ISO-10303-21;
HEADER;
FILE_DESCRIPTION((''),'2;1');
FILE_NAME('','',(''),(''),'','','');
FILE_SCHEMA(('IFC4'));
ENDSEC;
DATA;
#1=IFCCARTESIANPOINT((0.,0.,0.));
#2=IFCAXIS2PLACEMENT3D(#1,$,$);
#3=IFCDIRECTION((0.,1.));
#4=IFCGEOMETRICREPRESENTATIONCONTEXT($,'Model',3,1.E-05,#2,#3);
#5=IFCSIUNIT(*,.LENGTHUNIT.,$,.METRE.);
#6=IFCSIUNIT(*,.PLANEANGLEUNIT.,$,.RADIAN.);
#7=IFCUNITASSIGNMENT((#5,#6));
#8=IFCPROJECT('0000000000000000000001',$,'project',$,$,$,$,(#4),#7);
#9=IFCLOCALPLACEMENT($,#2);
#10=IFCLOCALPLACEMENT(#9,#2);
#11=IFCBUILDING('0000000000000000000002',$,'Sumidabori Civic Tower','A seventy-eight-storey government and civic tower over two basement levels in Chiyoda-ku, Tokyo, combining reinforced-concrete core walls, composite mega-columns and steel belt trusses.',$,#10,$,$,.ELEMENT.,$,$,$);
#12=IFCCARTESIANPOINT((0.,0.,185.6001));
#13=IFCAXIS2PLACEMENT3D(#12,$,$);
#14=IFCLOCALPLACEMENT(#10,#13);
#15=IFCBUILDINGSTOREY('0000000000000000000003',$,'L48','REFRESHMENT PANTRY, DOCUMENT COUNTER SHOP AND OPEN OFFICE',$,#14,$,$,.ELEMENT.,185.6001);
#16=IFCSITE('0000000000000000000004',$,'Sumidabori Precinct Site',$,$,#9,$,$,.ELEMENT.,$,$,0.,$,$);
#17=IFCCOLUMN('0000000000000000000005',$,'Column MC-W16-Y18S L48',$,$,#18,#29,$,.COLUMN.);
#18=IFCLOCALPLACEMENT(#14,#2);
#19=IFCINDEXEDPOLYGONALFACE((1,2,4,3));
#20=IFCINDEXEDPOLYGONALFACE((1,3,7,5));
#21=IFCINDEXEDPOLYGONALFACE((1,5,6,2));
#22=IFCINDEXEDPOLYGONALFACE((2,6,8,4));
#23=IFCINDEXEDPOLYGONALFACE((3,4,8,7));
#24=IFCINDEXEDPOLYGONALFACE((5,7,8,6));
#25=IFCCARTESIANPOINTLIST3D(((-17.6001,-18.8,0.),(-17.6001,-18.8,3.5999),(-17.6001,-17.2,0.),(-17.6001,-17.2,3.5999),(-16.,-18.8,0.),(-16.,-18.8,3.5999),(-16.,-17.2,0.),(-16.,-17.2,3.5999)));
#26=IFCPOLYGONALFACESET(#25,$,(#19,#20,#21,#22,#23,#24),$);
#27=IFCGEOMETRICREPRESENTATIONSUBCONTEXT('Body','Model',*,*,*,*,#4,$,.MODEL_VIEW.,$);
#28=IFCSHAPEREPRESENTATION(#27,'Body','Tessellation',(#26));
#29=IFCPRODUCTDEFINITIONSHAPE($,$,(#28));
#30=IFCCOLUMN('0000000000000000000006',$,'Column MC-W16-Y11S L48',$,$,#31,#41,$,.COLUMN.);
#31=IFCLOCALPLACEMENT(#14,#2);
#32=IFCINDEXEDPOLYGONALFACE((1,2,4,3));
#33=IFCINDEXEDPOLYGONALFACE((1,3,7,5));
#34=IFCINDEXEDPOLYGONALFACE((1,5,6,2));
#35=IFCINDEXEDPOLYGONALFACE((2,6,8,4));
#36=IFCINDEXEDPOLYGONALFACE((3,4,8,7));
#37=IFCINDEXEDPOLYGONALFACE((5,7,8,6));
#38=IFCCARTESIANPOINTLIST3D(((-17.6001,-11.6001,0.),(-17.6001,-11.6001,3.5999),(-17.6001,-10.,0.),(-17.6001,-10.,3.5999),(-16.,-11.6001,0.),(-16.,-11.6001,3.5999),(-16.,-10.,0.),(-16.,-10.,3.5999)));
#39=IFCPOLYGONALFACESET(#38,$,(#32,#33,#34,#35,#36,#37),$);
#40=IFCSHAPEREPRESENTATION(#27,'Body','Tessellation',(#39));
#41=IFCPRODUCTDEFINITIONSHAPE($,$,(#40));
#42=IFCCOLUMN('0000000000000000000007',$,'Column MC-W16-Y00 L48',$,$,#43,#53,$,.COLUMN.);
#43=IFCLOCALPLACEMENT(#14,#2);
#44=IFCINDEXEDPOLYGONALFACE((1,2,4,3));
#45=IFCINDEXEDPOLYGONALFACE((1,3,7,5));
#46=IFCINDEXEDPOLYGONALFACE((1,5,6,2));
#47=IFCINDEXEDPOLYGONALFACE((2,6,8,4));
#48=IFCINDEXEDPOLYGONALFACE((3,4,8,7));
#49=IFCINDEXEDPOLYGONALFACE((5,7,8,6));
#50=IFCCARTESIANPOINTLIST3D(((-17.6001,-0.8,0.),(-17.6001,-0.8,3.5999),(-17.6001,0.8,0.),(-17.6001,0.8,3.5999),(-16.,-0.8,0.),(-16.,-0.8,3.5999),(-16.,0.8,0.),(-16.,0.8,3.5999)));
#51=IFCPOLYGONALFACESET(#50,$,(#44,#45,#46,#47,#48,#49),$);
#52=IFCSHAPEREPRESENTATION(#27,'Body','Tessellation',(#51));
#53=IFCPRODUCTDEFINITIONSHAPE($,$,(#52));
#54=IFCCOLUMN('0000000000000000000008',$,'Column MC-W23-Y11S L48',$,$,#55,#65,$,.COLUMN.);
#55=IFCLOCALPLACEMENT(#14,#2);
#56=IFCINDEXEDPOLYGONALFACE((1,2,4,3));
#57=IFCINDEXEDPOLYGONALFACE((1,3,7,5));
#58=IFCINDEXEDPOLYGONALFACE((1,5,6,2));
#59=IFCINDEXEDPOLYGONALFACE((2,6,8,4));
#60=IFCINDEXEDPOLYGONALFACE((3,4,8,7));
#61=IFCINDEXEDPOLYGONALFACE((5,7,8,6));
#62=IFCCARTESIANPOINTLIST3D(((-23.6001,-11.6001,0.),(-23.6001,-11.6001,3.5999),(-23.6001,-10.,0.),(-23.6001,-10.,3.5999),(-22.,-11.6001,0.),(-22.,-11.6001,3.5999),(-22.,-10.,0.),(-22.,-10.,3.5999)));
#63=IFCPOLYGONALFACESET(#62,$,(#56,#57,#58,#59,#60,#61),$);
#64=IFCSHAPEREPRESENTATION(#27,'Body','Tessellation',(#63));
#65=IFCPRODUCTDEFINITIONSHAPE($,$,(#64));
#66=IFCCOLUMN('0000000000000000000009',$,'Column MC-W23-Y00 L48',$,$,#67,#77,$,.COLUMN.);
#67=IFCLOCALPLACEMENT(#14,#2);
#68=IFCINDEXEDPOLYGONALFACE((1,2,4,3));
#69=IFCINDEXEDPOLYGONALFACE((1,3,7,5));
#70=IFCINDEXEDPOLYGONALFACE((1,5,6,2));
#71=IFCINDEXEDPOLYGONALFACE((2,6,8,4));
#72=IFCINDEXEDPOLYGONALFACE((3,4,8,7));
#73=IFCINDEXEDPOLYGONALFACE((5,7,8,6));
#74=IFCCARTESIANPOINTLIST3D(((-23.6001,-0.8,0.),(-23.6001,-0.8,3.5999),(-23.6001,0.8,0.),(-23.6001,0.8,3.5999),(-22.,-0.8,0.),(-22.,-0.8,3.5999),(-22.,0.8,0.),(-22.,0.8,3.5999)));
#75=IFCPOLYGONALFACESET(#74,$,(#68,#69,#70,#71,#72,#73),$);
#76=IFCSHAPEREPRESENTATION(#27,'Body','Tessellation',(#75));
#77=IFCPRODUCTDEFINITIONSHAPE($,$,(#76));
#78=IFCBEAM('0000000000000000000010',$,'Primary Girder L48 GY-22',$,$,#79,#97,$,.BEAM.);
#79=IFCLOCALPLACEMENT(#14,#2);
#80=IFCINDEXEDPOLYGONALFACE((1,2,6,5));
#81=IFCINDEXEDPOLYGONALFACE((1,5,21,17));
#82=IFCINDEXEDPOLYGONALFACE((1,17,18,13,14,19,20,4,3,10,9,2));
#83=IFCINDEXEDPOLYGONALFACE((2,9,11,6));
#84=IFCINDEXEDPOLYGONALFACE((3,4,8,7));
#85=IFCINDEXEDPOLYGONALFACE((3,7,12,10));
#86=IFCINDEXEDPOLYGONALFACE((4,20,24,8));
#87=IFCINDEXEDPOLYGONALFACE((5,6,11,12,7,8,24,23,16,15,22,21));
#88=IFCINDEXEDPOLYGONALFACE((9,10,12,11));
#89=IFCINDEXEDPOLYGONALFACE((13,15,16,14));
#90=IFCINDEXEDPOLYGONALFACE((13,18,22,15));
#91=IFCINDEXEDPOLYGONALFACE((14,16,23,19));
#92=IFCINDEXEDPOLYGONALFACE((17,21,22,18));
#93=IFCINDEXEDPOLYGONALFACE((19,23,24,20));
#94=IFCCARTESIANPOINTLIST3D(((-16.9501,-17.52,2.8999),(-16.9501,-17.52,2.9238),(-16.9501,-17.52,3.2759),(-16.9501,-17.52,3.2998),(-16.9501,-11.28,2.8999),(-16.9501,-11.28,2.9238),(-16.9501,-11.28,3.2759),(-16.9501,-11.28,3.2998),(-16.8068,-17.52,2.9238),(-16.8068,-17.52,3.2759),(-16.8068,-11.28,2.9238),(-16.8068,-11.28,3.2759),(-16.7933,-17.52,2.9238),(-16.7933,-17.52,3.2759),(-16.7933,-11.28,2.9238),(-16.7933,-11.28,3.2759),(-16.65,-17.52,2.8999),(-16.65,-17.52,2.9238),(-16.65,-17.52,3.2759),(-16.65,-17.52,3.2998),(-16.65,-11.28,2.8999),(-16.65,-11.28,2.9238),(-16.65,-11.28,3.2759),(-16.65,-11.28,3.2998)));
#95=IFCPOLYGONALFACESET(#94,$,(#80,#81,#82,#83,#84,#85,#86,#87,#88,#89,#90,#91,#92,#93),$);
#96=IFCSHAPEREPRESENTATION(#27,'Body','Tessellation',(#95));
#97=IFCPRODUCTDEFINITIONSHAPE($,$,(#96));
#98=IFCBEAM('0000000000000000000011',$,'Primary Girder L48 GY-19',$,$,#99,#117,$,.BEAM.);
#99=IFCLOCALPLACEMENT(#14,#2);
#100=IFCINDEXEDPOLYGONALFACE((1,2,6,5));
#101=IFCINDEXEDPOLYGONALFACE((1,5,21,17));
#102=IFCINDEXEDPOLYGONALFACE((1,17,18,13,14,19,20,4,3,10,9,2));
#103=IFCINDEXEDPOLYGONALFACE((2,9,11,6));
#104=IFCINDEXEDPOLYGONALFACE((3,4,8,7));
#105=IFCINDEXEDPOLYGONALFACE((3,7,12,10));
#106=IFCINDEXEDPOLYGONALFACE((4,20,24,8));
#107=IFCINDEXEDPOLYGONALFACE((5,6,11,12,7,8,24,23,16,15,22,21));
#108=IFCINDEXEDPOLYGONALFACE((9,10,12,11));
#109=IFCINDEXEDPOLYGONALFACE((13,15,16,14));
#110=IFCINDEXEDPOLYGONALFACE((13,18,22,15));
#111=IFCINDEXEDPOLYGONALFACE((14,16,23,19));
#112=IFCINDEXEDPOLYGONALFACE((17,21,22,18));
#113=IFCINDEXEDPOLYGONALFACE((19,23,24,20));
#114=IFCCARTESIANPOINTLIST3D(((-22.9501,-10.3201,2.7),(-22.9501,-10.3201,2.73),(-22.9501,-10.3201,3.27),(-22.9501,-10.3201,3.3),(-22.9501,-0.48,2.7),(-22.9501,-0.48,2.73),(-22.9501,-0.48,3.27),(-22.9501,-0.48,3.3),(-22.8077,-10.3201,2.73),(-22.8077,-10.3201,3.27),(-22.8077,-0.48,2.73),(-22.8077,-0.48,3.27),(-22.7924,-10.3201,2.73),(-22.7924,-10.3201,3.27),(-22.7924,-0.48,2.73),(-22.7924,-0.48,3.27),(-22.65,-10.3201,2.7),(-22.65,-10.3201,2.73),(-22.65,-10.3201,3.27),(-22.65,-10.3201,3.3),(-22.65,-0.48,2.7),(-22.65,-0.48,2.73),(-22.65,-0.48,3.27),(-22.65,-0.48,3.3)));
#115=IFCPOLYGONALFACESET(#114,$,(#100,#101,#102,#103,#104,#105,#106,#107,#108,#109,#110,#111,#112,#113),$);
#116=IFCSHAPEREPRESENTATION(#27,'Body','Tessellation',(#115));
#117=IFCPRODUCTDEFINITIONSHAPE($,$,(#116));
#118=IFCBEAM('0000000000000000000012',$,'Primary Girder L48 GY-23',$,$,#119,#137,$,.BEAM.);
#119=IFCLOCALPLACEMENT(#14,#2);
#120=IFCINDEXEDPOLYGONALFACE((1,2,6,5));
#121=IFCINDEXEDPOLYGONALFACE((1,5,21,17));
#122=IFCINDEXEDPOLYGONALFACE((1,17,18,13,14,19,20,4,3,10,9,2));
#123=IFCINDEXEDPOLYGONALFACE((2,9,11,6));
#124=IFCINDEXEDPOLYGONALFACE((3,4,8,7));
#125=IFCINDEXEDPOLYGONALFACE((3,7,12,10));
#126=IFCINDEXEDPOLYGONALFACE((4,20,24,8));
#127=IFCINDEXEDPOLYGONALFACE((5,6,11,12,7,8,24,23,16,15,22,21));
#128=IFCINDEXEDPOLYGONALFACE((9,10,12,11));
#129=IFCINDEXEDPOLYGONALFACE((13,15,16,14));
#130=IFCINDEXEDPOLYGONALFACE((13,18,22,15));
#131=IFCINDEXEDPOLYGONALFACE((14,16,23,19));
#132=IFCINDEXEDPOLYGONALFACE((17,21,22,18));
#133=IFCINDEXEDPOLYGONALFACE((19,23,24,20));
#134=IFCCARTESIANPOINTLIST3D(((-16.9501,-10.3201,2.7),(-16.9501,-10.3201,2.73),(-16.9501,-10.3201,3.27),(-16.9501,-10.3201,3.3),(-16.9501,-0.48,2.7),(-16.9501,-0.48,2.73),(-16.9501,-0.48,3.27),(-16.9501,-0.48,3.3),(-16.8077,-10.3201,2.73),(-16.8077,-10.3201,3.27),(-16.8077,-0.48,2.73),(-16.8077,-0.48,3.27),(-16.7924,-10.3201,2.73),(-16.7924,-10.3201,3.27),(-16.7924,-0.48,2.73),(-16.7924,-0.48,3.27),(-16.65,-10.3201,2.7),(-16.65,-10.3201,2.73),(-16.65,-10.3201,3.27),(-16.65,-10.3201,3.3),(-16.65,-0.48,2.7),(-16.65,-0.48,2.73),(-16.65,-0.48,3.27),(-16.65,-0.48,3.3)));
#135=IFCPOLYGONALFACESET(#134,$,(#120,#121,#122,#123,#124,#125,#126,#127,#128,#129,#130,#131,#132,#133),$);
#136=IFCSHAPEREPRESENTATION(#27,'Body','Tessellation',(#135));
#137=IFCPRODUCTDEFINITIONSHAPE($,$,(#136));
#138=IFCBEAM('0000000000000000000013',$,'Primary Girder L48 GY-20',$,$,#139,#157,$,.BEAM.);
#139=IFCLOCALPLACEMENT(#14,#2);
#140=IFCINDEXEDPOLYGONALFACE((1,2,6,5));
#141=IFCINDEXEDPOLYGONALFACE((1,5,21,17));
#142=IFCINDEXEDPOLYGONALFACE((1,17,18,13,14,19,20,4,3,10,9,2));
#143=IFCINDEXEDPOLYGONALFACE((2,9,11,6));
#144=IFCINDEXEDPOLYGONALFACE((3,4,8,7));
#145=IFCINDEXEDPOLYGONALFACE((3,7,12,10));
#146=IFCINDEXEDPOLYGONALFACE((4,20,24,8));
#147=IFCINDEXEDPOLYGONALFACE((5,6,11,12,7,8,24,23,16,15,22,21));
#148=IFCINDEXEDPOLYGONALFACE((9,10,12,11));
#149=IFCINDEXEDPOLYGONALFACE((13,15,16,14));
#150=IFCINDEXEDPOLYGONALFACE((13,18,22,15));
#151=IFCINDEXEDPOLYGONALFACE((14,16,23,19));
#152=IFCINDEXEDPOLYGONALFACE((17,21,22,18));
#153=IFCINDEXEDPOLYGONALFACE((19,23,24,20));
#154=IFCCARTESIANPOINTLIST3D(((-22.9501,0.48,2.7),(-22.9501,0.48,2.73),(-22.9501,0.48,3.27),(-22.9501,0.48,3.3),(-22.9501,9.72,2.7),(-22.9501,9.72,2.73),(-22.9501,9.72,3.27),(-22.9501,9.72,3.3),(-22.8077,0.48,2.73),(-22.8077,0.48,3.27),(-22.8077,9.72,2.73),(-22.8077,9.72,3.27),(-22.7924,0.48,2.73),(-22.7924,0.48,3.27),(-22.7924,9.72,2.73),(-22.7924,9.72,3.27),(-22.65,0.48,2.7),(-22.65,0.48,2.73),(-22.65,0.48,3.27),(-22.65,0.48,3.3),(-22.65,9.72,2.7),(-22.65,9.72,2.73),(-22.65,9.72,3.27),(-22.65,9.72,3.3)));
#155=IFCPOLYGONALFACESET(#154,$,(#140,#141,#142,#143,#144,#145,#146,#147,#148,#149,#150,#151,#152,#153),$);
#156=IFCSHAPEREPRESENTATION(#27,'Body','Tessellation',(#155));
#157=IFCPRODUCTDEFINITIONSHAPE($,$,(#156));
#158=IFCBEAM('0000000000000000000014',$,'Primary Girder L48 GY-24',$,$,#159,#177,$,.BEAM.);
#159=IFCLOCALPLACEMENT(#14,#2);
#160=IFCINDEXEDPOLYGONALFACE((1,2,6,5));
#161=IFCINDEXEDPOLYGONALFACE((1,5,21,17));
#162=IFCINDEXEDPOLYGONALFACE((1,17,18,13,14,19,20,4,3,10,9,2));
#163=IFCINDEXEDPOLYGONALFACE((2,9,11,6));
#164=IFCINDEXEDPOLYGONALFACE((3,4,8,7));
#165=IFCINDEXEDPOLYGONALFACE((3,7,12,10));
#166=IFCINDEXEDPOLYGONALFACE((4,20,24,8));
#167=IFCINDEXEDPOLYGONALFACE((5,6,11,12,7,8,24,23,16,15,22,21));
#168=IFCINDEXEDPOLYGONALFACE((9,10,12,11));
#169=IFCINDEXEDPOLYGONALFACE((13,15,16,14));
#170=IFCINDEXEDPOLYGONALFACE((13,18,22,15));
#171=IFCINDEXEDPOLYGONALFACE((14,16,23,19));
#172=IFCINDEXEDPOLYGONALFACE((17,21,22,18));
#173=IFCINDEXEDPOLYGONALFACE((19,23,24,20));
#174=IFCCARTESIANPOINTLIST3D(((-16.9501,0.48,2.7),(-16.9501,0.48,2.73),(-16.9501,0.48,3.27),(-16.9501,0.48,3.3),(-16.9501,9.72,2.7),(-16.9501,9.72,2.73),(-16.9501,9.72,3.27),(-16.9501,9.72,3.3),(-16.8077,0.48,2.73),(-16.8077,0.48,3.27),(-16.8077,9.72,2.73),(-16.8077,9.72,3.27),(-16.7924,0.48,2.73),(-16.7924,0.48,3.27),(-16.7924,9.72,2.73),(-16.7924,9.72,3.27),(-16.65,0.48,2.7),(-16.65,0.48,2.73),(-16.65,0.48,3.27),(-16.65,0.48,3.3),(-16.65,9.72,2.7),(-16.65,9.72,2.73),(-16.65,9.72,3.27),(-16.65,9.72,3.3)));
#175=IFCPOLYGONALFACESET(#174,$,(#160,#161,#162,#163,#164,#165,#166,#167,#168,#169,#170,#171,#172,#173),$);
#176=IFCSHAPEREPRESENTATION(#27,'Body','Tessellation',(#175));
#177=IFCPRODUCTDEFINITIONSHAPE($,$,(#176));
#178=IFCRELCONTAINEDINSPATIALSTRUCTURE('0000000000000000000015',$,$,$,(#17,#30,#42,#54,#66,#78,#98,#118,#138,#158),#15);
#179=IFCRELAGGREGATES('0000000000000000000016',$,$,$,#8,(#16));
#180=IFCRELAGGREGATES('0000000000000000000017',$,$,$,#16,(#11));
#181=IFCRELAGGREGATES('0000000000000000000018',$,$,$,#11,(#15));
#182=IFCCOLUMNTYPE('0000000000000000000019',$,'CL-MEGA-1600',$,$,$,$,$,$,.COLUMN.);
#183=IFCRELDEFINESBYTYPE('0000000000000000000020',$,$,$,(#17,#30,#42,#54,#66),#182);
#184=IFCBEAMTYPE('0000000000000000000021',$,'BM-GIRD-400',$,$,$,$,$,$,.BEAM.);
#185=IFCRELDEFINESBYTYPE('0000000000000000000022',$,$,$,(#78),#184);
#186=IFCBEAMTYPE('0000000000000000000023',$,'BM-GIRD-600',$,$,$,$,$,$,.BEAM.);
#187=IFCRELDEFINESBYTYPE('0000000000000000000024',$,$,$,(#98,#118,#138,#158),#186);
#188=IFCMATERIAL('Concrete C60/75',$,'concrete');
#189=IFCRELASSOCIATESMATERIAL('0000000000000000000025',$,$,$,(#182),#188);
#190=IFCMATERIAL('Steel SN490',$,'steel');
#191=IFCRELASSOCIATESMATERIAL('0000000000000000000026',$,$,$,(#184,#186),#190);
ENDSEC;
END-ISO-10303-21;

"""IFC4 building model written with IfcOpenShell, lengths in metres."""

from ifc_helpers import new_model, si_unit, direction, frame, origin, origin_2d, place, context, subcontext, project, spatial, rectangle, i_section, extrude, source, transform, mapped, material, material_profile, profile_set, type_object, element, save


model = new_model("IFC4")

# Units and contexts
model_context = context("Model", 3, precision=1e-05, world=origin(), true_north=direction((0.0, 1.0)))
body_context = subcontext(model_context, "Body", "Model", "MODEL_VIEW")
ifc_project = project(units=[si_unit("LENGTHUNIT", "METRE"), si_unit("PLANEANGLEUNIT", "RADIAN")], contexts=[model_context])

# Site, building, storey
site_placement = place(None, origin())
site = spatial("IfcSite", under=ifc_project, at=site_placement, Name="Sumidabori Precinct Site", CompositionType="ELEMENT", RefElevation=0.0)
building_placement = place(site_placement, origin())
building = spatial("IfcBuilding", under=site, at=building_placement, Name="Sumidabori Civic Tower", Description="A seventy-eight-storey government and civic tower over two basement levels in Chiyoda-ku, Tokyo, combining reinforced-concrete core walls, composite mega-columns and steel belt trusses.", CompositionType="ELEMENT")
storey_placement = place(building_placement, frame((0.0, 0.0, 185.6001)))
storey = spatial("IfcBuildingStorey", under=building, at=storey_placement, Name="L48", Description="REFRESHMENT PANTRY, DOCUMENT COUNTER SHOP AND OPEN OFFICE", CompositionType="ELEMENT", Elevation=185.6001)

# Columns
ifc_material_1 = material(Name="Concrete C60/75", Category="concrete")
ifc_material_profile_1 = material_profile(ifc_material_1, rectangle(XDim=1.6001, YDim=1.6001, at=origin_2d()), Name="RC 1600x1600")
ifc_profile_set_1 = profile_set([ifc_material_profile_1], Name="Concrete C60/75")
column_type = type_object("IfcColumnType", Name="CL-MEGA-1600", PredefinedType="COLUMN", material=ifc_profile_set_1)
shared_shape_1 = source(origin(), body_context, "Body", "SweptSolid", [
    extrude(rectangle(XDim=1.6001, YDim=1.6001, at=origin_2d()), origin(), (0.0, 0.0, 1.0), 3.5999),
])
for number, where, z_axis, x_axis, name in (
    (1, (-16.8, -18.0, 0.0), (0.0, 0.0, 1.0), (1.0, 0.0, 0.0), "Column MC-W16-Y18S L48"),
    (2, (-16.8, -10.8, 0.0), (0.0, 0.0, 1.0), (1.0, 0.0, 0.0), "Column MC-W16-Y11S L48"),
    (3, (-16.8, 0.0, 0.0), (0.0, 0.0, 1.0), (1.0, 0.0, 0.0), "Column MC-W16-Y00 L48"),
    (4, (-22.8, -10.8, 0.0), (0.0, 0.0, 1.0), (1.0, 0.0, 0.0), "Column MC-W23-Y11S L48"),
    (5, (-22.8, 0.0, 0.0), (0.0, 0.0, 1.0), (1.0, 0.0, 0.0), "Column MC-W23-Y00 L48"),
):
    element("IfcColumn", number, at=place(storey_placement, frame(where, z_axis=z_axis, x_axis=x_axis)), inside=storey, type_object=column_type, Name=name, PredefinedType="COLUMN", context=body_context, shape_type="MappedRepresentation", body=[
        mapped(shared_shape_1, transform((0.0, 0.0, 0.0), x_axis=(1.0, 0.0, 0.0), y_axis=(0.0, 1.0, 0.0), z_axis=(0.0, 0.0, 1.0), scale=1.0)),
    ])

# Beams
ifc_material_2 = material(Name="Steel SN490", Category="steel")
ifc_material_profile_2 = material_profile(ifc_material_2, i_section(OverallWidth=0.3, OverallDepth=0.3999, WebThickness=0.0134, FlangeThickness=0.0239, at=origin_2d()), Name="HE 400 B")
ifc_profile_set_2 = profile_set([ifc_material_profile_2], Name="Steel SN490")
beam_type_1 = type_object("IfcBeamType", Name="BM-GIRD-400", PredefinedType="BEAM", material=ifc_profile_set_2)
shared_shape_2 = source(origin(), body_context, "Body", "SweptSolid", [
    extrude(i_section(OverallWidth=0.3, OverallDepth=0.3999, WebThickness=0.0134, FlangeThickness=0.0239, at=origin_2d()), origin(), (0.0, 0.0, 1.0), 6.24),
])
beam_placement = place(storey_placement, frame((-16.8, -17.52, 3.0999), z_axis=(0.0, 1.0, 0.0), x_axis=(-1.0, 0.0, 0.0)))
element("IfcBeam", 6, at=beam_placement, inside=storey, type_object=beam_type_1, Name="Primary Girder L48 GY-22", PredefinedType="BEAM", context=body_context, shape_type="MappedRepresentation", body=[
    mapped(shared_shape_2, transform((0.0, 0.0, 0.0), x_axis=(1.0, 0.0, 0.0), y_axis=(0.0, 1.0, 0.0), z_axis=(0.0, 0.0, 1.0), scale=1.0)),
])
ifc_material_profile_3 = material_profile(ifc_material_2, i_section(OverallWidth=0.3, OverallDepth=0.6001, WebThickness=0.0154, FlangeThickness=0.03, at=origin_2d()), Name="HE 600 B")
ifc_profile_set_3 = profile_set([ifc_material_profile_3], Name="Steel SN490")
beam_type_2 = type_object("IfcBeamType", Name="BM-GIRD-600", PredefinedType="BEAM", material=ifc_profile_set_3)
shared_shape_3 = source(origin(), body_context, "Body", "SweptSolid", [
    extrude(i_section(OverallWidth=0.3, OverallDepth=0.6001, WebThickness=0.0154, FlangeThickness=0.03, at=origin_2d()), origin(), (0.0, 0.0, 1.0), 9.8401),
])
for number, where, z_axis, x_axis, name in (
    (7, (-22.8, -10.3201, 3.0), (0.0, 1.0, 0.0), (-1.0, 0.0, 0.0), "Primary Girder L48 GY-19"),
    (8, (-16.8, -10.3201, 3.0), (0.0, 1.0, 0.0), (-1.0, 0.0, 0.0), "Primary Girder L48 GY-23"),
):
    element("IfcBeam", number, at=place(storey_placement, frame(where, z_axis=z_axis, x_axis=x_axis)), inside=storey, type_object=beam_type_2, Name=name, PredefinedType="BEAM", context=body_context, shape_type="MappedRepresentation", body=[
        mapped(shared_shape_3, transform((0.0, 0.0, 0.0), x_axis=(1.0, 0.0, 0.0), y_axis=(0.0, 1.0, 0.0), z_axis=(0.0, 0.0, 1.0), scale=1.0)),
    ])
shared_shape_4 = source(origin(), body_context, "Body", "SweptSolid", [
    extrude(i_section(OverallWidth=0.3, OverallDepth=0.6001, WebThickness=0.0154, FlangeThickness=0.03, at=origin_2d()), origin(), (0.0, 0.0, 1.0), 9.24),
])
for number, where, z_axis, x_axis, name in (
    (9, (-22.8, 0.48, 3.0), (0.0, 1.0, 0.0), (-1.0, 0.0, 0.0), "Primary Girder L48 GY-20"),
    (10, (-16.8, 0.48, 3.0), (0.0, 1.0, 0.0), (-1.0, 0.0, 0.0), "Primary Girder L48 GY-24"),
):
    element("IfcBeam", number, at=place(storey_placement, frame(where, z_axis=z_axis, x_axis=x_axis)), inside=storey, type_object=beam_type_2, Name=name, PredefinedType="BEAM", context=body_context, shape_type="MappedRepresentation", body=[
        mapped(shared_shape_4, transform((0.0, 0.0, 0.0), x_axis=(1.0, 0.0, 0.0), y_axis=(0.0, 1.0, 0.0), z_axis=(0.0, 0.0, 1.0), scale=1.0)),
    ])

save(model, "model.ifc")
